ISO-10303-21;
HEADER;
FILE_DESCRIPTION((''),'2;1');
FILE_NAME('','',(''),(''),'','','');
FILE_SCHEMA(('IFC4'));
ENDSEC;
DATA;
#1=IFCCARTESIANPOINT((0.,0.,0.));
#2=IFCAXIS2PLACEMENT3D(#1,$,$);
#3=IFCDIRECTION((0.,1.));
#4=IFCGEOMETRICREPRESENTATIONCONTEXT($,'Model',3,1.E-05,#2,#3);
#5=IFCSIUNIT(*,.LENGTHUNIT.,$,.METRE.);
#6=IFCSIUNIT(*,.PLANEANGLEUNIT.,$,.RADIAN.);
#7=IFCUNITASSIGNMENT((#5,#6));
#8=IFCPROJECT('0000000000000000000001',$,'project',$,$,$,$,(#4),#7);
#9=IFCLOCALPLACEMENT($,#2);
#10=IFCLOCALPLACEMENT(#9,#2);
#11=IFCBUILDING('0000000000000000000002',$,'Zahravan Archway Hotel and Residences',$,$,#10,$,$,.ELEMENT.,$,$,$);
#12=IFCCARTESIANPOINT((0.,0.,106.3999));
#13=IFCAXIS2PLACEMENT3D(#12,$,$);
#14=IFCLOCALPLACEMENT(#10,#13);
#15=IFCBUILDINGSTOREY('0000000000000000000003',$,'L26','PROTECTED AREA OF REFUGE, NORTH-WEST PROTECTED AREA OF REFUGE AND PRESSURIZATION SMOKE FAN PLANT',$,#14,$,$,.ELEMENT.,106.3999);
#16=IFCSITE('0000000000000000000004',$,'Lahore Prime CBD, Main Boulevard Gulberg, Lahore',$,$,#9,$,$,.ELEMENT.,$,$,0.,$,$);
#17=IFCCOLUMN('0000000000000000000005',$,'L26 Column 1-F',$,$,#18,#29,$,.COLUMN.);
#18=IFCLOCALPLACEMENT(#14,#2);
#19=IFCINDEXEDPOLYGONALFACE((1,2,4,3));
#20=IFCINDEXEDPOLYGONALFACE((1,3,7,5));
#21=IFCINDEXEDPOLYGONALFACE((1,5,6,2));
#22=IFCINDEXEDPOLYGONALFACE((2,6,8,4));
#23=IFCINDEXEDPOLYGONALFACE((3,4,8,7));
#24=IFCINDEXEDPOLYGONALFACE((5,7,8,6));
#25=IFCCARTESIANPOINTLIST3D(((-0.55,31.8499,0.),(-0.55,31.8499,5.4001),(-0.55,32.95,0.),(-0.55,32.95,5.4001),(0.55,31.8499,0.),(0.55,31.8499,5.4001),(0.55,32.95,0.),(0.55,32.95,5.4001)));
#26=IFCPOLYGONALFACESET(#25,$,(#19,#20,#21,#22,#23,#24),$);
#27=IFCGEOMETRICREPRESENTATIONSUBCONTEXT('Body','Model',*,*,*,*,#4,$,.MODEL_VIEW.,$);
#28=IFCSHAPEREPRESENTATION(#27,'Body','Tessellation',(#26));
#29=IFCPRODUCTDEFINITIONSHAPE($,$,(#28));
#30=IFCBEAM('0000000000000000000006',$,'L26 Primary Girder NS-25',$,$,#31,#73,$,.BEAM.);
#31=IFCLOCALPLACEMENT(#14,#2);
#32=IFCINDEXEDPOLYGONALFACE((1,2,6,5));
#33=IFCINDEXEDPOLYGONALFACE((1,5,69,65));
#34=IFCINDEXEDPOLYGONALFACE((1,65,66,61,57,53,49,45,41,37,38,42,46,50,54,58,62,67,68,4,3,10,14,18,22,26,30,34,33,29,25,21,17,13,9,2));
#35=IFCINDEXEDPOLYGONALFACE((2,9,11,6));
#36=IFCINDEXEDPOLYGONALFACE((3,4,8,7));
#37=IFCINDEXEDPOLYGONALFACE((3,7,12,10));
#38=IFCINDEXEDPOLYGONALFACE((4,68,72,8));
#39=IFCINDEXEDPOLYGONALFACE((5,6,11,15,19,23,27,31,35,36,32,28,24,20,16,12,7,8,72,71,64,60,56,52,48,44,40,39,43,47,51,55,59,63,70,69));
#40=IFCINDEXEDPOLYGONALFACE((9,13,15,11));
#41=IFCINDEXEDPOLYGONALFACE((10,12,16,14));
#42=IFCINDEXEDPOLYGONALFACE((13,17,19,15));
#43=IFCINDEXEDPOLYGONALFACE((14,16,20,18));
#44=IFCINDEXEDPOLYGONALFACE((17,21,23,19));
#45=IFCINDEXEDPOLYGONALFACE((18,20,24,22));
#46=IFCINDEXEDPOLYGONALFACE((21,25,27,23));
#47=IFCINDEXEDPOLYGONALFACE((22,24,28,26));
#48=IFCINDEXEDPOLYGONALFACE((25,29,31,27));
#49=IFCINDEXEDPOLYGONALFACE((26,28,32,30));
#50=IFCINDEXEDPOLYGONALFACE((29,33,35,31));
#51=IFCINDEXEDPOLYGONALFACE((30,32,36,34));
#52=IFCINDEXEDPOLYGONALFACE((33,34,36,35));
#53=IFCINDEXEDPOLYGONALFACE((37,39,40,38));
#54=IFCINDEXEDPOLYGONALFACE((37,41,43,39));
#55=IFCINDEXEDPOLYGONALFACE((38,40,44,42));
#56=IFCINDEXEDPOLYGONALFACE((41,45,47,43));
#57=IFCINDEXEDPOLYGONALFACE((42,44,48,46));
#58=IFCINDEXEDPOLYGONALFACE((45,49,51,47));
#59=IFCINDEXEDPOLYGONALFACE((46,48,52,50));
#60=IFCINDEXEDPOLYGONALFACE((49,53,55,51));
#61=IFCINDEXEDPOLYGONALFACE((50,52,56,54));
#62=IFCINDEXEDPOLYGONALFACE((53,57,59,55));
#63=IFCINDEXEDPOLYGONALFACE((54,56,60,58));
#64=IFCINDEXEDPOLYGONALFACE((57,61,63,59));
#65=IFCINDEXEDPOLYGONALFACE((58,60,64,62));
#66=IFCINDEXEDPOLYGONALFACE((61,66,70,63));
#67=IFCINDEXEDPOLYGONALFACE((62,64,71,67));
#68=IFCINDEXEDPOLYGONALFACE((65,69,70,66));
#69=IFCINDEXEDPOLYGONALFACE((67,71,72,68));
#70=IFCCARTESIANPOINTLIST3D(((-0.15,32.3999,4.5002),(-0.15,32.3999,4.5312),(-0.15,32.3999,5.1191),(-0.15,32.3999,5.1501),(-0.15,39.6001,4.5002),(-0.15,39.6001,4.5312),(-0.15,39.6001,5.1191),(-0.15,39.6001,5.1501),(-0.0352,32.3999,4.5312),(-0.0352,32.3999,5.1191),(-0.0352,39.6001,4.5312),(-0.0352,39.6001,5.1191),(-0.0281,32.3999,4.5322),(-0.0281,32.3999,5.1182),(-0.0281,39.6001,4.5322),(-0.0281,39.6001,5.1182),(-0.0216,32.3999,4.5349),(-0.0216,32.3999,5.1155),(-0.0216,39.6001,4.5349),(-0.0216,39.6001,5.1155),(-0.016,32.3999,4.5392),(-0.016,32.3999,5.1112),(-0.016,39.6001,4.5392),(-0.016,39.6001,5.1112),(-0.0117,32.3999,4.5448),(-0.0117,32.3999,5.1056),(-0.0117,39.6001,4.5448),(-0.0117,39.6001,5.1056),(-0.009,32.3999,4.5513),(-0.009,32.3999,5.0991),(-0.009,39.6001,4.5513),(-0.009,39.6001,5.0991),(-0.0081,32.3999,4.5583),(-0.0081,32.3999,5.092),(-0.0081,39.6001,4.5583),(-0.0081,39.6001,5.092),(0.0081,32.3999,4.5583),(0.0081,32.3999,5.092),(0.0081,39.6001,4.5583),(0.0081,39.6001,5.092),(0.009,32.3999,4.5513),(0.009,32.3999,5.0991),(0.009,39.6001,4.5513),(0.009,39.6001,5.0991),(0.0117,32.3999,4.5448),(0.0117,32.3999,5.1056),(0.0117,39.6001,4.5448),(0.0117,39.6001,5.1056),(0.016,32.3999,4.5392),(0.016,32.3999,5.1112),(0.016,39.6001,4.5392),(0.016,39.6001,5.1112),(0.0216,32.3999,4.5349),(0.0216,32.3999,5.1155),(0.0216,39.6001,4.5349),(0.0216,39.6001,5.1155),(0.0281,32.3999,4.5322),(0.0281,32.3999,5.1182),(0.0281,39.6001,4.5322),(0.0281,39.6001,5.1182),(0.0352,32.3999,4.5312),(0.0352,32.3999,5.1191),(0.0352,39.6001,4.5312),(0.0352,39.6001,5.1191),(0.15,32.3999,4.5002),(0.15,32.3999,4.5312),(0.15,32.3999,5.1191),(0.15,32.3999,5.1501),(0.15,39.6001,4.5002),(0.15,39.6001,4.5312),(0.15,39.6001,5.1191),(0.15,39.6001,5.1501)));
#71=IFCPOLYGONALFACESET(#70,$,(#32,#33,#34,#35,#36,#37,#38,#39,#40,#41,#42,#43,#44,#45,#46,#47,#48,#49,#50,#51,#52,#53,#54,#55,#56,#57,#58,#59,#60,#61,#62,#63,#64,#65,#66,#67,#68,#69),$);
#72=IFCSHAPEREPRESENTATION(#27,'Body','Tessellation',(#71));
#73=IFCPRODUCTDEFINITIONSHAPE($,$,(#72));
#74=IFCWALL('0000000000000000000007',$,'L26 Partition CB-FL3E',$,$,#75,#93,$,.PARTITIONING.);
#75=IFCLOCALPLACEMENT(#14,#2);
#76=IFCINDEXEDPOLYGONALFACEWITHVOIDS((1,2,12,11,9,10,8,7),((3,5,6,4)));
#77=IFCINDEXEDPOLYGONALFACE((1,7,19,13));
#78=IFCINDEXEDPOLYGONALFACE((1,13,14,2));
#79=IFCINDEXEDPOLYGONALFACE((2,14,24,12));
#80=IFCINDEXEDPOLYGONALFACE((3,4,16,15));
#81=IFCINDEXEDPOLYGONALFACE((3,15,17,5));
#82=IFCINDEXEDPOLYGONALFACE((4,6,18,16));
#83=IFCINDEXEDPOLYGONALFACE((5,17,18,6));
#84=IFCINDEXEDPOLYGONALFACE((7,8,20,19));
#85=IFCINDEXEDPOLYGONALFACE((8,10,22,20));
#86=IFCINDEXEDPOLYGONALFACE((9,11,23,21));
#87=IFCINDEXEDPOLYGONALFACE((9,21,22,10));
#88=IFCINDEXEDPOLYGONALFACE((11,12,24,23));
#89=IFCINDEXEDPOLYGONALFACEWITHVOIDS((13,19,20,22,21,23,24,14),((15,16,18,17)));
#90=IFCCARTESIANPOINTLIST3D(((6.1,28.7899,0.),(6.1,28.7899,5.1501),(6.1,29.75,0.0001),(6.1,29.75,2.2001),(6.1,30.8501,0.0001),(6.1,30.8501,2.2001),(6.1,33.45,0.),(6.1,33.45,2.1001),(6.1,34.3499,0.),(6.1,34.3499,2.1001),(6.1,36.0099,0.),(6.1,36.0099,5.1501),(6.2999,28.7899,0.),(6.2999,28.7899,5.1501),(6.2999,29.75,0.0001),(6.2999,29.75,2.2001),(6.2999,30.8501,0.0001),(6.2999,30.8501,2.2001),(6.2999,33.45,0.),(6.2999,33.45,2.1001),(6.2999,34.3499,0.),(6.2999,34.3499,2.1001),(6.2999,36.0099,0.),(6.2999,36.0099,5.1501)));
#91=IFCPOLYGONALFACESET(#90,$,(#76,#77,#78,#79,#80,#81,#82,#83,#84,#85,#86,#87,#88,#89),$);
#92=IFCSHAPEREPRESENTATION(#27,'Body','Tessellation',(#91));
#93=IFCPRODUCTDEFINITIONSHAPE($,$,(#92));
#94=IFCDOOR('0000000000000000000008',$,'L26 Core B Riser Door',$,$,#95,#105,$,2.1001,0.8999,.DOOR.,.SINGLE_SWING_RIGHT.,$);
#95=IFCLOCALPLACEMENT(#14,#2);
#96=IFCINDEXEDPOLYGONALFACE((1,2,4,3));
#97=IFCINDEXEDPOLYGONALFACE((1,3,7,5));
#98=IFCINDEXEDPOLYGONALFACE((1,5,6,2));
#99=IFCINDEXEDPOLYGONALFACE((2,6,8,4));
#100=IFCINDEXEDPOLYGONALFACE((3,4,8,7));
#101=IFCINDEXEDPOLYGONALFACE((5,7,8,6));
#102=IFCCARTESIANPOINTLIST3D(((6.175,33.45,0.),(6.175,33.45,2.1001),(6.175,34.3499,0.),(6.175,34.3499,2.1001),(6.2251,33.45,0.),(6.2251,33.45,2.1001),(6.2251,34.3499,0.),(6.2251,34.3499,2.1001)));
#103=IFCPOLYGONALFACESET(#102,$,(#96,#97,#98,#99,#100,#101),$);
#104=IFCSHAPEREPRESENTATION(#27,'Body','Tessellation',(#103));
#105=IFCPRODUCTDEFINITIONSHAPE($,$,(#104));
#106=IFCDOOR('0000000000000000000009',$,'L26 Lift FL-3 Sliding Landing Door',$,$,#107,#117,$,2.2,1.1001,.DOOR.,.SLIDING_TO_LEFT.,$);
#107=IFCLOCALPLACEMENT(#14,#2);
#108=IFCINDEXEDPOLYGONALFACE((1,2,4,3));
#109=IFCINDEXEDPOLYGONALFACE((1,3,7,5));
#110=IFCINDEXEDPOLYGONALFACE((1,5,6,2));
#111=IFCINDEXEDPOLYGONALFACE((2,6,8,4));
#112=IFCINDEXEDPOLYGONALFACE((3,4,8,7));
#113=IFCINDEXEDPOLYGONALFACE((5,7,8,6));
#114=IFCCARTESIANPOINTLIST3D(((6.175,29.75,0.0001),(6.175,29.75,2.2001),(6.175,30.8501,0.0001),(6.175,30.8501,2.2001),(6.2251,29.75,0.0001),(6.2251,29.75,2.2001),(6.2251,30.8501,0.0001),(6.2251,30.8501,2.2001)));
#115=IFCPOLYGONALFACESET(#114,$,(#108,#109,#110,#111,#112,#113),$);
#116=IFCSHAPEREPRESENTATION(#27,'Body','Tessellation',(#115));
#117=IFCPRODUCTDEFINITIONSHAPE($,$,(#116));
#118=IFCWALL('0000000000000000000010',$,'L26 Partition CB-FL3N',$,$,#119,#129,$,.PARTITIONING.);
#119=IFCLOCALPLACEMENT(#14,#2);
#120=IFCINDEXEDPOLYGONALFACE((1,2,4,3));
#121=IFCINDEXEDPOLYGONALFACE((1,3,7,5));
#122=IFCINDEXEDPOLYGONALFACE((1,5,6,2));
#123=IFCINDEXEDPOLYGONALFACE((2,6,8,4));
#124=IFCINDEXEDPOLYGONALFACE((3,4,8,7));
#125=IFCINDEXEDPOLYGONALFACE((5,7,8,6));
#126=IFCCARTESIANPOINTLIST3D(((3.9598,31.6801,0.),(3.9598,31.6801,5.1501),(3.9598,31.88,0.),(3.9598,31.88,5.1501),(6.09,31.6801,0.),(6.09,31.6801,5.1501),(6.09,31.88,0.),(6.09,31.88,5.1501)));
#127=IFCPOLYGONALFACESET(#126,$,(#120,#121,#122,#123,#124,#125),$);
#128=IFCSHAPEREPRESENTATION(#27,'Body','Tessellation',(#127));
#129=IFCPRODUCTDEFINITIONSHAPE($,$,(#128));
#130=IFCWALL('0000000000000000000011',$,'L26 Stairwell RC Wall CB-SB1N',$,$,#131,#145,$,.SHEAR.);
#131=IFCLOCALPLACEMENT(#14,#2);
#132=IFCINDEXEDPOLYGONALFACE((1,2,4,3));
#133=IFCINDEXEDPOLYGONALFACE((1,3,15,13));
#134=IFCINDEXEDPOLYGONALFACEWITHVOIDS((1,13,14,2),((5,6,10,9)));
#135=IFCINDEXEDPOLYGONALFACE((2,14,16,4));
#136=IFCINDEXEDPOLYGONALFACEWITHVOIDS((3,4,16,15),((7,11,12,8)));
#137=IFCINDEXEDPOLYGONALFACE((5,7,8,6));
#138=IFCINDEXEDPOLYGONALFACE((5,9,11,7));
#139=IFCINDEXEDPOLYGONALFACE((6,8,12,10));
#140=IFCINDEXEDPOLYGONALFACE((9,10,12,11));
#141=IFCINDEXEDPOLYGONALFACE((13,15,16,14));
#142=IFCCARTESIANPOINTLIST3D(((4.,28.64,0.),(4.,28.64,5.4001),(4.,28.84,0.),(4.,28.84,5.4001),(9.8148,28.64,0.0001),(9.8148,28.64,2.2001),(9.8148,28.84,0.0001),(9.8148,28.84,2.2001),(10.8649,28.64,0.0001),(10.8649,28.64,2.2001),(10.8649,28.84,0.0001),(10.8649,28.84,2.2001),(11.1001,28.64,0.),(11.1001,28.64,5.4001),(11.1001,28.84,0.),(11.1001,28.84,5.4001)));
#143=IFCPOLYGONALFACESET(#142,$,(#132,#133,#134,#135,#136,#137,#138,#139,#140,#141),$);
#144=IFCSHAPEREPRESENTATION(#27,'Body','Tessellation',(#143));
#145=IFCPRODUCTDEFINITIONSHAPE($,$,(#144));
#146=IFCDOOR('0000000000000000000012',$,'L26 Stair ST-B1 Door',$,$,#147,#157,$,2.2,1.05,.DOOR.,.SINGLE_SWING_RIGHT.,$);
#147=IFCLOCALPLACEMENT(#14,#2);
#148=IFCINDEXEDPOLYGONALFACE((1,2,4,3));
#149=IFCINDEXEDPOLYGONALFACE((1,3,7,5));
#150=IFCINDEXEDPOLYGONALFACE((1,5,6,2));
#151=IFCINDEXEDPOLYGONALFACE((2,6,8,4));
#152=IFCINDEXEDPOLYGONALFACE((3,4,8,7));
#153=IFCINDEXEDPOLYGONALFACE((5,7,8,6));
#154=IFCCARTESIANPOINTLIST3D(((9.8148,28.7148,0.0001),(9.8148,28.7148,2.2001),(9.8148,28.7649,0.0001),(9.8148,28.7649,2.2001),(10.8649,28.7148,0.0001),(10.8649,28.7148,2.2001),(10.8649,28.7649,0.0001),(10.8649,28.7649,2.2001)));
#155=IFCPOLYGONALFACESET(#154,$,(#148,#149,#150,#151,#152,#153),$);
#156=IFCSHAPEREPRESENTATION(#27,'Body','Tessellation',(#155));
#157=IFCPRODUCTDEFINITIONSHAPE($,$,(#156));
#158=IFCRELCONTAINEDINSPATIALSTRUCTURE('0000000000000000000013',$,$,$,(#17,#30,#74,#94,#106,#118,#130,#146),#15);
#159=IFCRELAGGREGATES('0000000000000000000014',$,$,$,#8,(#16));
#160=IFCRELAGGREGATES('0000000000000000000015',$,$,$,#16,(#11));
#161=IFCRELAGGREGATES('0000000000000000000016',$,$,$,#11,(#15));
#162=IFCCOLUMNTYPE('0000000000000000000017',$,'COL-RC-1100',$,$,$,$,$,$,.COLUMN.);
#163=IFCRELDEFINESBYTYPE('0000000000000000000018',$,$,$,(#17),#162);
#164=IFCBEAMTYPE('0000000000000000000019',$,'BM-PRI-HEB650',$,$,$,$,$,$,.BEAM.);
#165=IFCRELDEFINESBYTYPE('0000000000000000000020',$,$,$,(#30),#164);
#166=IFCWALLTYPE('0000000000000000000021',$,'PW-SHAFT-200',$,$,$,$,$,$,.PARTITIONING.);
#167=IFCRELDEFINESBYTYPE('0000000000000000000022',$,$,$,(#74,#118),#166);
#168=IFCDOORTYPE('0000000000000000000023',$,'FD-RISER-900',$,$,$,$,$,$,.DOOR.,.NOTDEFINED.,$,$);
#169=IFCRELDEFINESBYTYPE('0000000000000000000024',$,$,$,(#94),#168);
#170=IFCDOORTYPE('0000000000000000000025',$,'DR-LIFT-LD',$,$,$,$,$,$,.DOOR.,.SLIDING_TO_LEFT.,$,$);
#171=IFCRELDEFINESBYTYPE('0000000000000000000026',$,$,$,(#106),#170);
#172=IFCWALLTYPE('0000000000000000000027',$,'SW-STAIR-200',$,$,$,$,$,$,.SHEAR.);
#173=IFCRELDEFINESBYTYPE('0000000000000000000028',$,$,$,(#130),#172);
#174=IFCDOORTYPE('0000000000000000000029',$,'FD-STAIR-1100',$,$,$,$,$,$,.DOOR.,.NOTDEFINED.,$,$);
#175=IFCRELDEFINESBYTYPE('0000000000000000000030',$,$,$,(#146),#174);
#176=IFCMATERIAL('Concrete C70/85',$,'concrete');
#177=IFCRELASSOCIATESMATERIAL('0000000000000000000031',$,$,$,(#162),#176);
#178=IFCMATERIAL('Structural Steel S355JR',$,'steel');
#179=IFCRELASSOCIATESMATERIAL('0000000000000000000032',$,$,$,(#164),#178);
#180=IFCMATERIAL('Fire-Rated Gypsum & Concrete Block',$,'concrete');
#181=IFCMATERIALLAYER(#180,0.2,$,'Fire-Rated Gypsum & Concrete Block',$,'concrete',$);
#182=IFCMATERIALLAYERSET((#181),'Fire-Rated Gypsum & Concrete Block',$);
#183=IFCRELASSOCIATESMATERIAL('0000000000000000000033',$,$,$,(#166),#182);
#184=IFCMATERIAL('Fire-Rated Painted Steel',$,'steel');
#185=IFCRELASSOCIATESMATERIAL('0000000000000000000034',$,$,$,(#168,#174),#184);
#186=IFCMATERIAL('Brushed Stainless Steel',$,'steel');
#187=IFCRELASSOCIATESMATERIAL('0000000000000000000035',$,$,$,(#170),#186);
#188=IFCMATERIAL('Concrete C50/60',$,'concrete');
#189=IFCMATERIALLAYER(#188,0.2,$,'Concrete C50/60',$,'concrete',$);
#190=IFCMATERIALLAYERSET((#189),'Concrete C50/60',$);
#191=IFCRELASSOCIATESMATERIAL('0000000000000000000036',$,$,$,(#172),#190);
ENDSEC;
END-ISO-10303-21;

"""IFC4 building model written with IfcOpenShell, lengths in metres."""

from ifc_helpers import new_model, si_unit, direction, frame, frame_2d, origin, origin_2d, place, context, subcontext, project, spatial, rectangle, i_section, extrude, source, transform, mapped, material, layer, layer_set, material_profile, profile_set, type_object, type_shapes, element, fill, save


model = new_model("IFC4")

# Units and contexts
model_context = context("Model", 3, precision=1e-05, world=origin(), true_north=direction((0.0, 1.0)))
body_context = subcontext(model_context, "Body", "Model", "MODEL_VIEW")
ifc_project = project(units=[si_unit("LENGTHUNIT", "METRE"), si_unit("PLANEANGLEUNIT", "RADIAN")], contexts=[model_context])

# Site, building, storey
site_placement = place(None, origin())
site = spatial("IfcSite", under=ifc_project, at=site_placement, Name="Lahore Prime CBD, Main Boulevard Gulberg, Lahore", CompositionType="ELEMENT", RefElevation=0.0)
building_placement = place(site_placement, origin())
building = spatial("IfcBuilding", under=site, at=building_placement, Name="Zahravan Archway Hotel and Residences", CompositionType="ELEMENT")
storey_placement = place(building_placement, frame((0.0, 0.0, 106.3999)))
storey = spatial("IfcBuildingStorey", under=building, at=storey_placement, Name="L26", Description="PROTECTED AREA OF REFUGE, NORTH-WEST PROTECTED AREA OF REFUGE AND PRESSURIZATION SMOKE FAN PLANT", CompositionType="ELEMENT", Elevation=106.3999)

# Column
ifc_material_1 = material(Name="Concrete C70/85", Category="concrete")
ifc_material_profile_1 = material_profile(ifc_material_1, rectangle(XDim=1.1001, YDim=1.1001, at=origin_2d()), Name="RC 1100x1100", Category="concrete")
ifc_profile_set_1 = profile_set([ifc_material_profile_1], Name="Concrete C70/85")
column_type = type_object("IfcColumnType", Name="COL-RC-1100", PredefinedType="COLUMN", material=ifc_profile_set_1)
shared_shape_1 = source(origin(), body_context, "Body", "SweptSolid", [
    extrude(rectangle(XDim=1.1001, YDim=1.1001, at=origin_2d()), origin(), (0.0, 0.0, 1.0), 5.4001),
])
column_placement = place(storey_placement, frame((0.0, 32.3999, 0.0), z_axis=(0.0, 0.0, 1.0), x_axis=(1.0, 0.0, 0.0)))
element("IfcColumn", 1, at=column_placement, inside=storey, type_object=column_type, Name="L26 Column 1-F", PredefinedType="COLUMN", context=body_context, shape_type="MappedRepresentation", body=[
    mapped(shared_shape_1, transform((0.0, 0.0, 0.0), scale=1.0)),
])

# Beam
ifc_material_2 = material(Name="Structural Steel S355JR", Category="steel")
ifc_material_profile_2 = material_profile(ifc_material_2, i_section(OverallWidth=0.3, OverallDepth=0.6499, WebThickness=0.0161, FlangeThickness=0.031, FilletRadius=0.0271, at=origin_2d()), Name="HEB 650", Category="steel")
ifc_profile_set_2 = profile_set([ifc_material_profile_2], Name="Structural Steel S355JR")
beam_type = type_object("IfcBeamType", Name="BM-PRI-HEB650", PredefinedType="BEAM", material=ifc_profile_set_2)
shared_shape_2 = source(origin(), body_context, "Body", "SweptSolid", [
    extrude(i_section(OverallWidth=0.3, OverallDepth=0.6499, WebThickness=0.0161, FlangeThickness=0.031, FilletRadius=0.0271, at=origin_2d()), origin(), (0.0, 0.0, 1.0), 7.2002),
])
type_shapes(beam_type, [shared_shape_2])
beam_placement = place(storey_placement, frame((0.0, 32.3999, 4.8252), z_axis=(0.0, 1.0, 0.0), x_axis=(-1.0, 0.0, 0.0)))
element("IfcBeam", 2, at=beam_placement, inside=storey, type_object=beam_type, Name="L26 Primary Girder NS-25", PredefinedType="BEAM", context=body_context, shape_type="MappedRepresentation", body=[
    mapped(shared_shape_2, transform((0.0, 0.0, 0.0), scale=1.0)),
])

# Wall, openings, doors
ifc_material_3 = material(Name="Fire-Rated Gypsum & Concrete Block", Category="concrete")
ifc_layer_1 = layer(ifc_material_3, 0.2, Name="Fire-Rated Gypsum & Concrete Block", Category="concrete")
ifc_layer_set_1 = layer_set([ifc_layer_1], Name="Fire-Rated Gypsum & Concrete Block")
wall_type_1 = type_object("IfcWallType", Name="PW-SHAFT-200", PredefinedType="PARTITIONING", material=ifc_layer_set_1)
wall_1_placement = place(storey_placement, frame((6.2, 28.79, 0.0), z_axis=(0.0, 0.0, 1.0), x_axis=(0.0, 1.0, 0.0)))
wall_1 = element("IfcWall", 3, at=wall_1_placement, inside=storey, type_object=wall_type_1, Name="L26 Partition CB-FL3E", PredefinedType="PARTITIONING", context=body_context, shape_type="SweptSolid", body=[
    extrude(rectangle(XDim=7.22, YDim=0.2, at=frame_2d((3.6099, 0.0))), origin(), (0.0, 0.0, 1.0), 5.1501),
])
opening_1_placement = place(wall_1_placement, frame((4.6599, 0.0, 0.0)))
opening_1 = element("IfcOpeningElement", 4, at=opening_1_placement, cuts=wall_1, PredefinedType="OPENING", context=body_context, shape_type="SweptSolid", body=[
    extrude(rectangle(XDim=0.8999, YDim=2.1001, at=frame_2d((0.45, 1.05))), frame((0.0, 0.1099, 0.0), z_axis=(0.0, -1.0, 0.0), x_axis=(1.0, 0.0, 0.0)), (0.0, 0.0, 1.0), 0.22),
])
opening_2_placement = place(wall_1_placement, frame((0.96, 0.0, 0.0)))
opening_2 = element("IfcOpeningElement", 5, at=opening_2_placement, cuts=wall_1, PredefinedType="OPENING", context=body_context, shape_type="SweptSolid", body=[
    extrude(rectangle(XDim=1.1001, YDim=2.2, at=frame_2d((0.55, 1.1001))), frame((0.0, 0.1099, 0.0), z_axis=(0.0, -1.0, 0.0), x_axis=(1.0, 0.0, 0.0)), (0.0, 0.0, 1.0), 0.22),
])
ifc_material_4 = material(Name="Fire-Rated Painted Steel", Category="steel")
door_type_1 = type_object("IfcDoorType", Name="FD-RISER-900", OperationType="NOTDEFINED", PredefinedType="DOOR", material=ifc_material_4)
shared_shape_3 = source(origin(), body_context, "Body", "SweptSolid", [
    extrude(rectangle(XDim=0.8999, YDim=2.1001, at=frame_2d((0.45, 1.05))), frame((0.0, 0.0249, 0.0), z_axis=(0.0, -1.0, 0.0), x_axis=(1.0, 0.0, 0.0)), (0.0, 0.0, 1.0), 0.05),
])
type_shapes(door_type_1, [shared_shape_3])
door_1_placement = place(opening_1_placement, origin())
door_1 = element("IfcDoor", 6, at=door_1_placement, inside=storey, type_object=door_type_1, Name="L26 Core B Riser Door", OperationType="SINGLE_SWING_RIGHT", OverallHeight=2.1001, OverallWidth=0.8999, PredefinedType="DOOR", context=body_context, shape_type="MappedRepresentation", body=[
    mapped(shared_shape_3, transform((0.0, 0.0, 0.0), scale=1.0)),
])
fill(opening_1, door_1)
ifc_material_5 = material(Name="Brushed Stainless Steel", Category="steel")
door_type_2 = type_object("IfcDoorType", Name="DR-LIFT-LD", OperationType="SLIDING_TO_LEFT", PredefinedType="DOOR", material=ifc_material_5)
shared_shape_4 = source(origin(), body_context, "Body", "SweptSolid", [
    extrude(rectangle(XDim=1.1001, YDim=2.2, at=frame_2d((0.55, 1.1001))), frame((0.0, 0.0249, 0.0), z_axis=(0.0, -1.0, 0.0), x_axis=(1.0, 0.0, 0.0)), (0.0, 0.0, 1.0), 0.05),
])
type_shapes(door_type_2, [shared_shape_4])
door_2_placement = place(opening_2_placement, origin())
door_2 = element("IfcDoor", 7, at=door_2_placement, inside=storey, type_object=door_type_2, Name="L26 Lift FL-3 Sliding Landing Door", OperationType="SLIDING_TO_LEFT", OverallHeight=2.2, OverallWidth=1.1001, PredefinedType="DOOR", context=body_context, shape_type="MappedRepresentation", body=[
    mapped(shared_shape_4, transform((0.0, 0.0, 0.0), scale=1.0)),
])
fill(opening_2, door_2)

# Wall
wall_2_placement = place(storey_placement, frame((3.96, 31.78, 0.0), z_axis=(0.0, 0.0, 1.0), x_axis=(1.0, 0.0, 0.0)))
element("IfcWall", 8, at=wall_2_placement, inside=storey, type_object=wall_type_1, Name="L26 Partition CB-FL3N", PredefinedType="PARTITIONING", context=body_context, shape_type="SweptSolid", body=[
    extrude(rectangle(XDim=2.1301, YDim=0.2, at=frame_2d((1.0649, 0.0))), origin(), (0.0, 0.0, 1.0), 5.1501),
])

# Wall, opening, door
ifc_material_6 = material(Name="Concrete C50/60", Category="concrete")
ifc_layer_2 = layer(ifc_material_6, 0.2, Name="Concrete C50/60", Category="concrete")
ifc_layer_set_2 = layer_set([ifc_layer_2], Name="Concrete C50/60")
wall_type_2 = type_object("IfcWallType", Name="SW-STAIR-200", PredefinedType="SHEAR", material=ifc_layer_set_2)
wall_3_placement = place(storey_placement, frame((4.0, 28.74, 0.0), z_axis=(0.0, 0.0, 1.0), x_axis=(1.0, 0.0, 0.0)))
wall_3 = element("IfcWall", 9, at=wall_3_placement, inside=storey, type_object=wall_type_2, Name="L26 Stairwell RC Wall CB-SB1N", PredefinedType="SHEAR", context=body_context, shape_type="SweptSolid", body=[
    extrude(rectangle(XDim=7.1001, YDim=0.2, at=frame_2d((3.55, 0.0))), origin(), (0.0, 0.0, 1.0), 5.4001),
])
opening_3_placement = place(wall_3_placement, frame((5.8149, 0.0, 0.0)))
opening_3 = element("IfcOpeningElement", 10, at=opening_3_placement, cuts=wall_3, PredefinedType="OPENING", context=body_context, shape_type="SweptSolid", body=[
    extrude(rectangle(XDim=1.05, YDim=2.2, at=frame_2d((0.5249, 1.1001))), frame((0.0, 0.1099, 0.0), z_axis=(0.0, -1.0, 0.0), x_axis=(1.0, 0.0, 0.0)), (0.0, 0.0, 1.0), 0.22),
])
door_type_3 = type_object("IfcDoorType", Name="FD-STAIR-1100", OperationType="NOTDEFINED", PredefinedType="DOOR", material=ifc_material_4)
shared_shape_5 = source(origin(), body_context, "Body", "SweptSolid", [
    extrude(rectangle(XDim=1.05, YDim=2.2, at=frame_2d((0.5249, 1.1001))), frame((0.0, 0.0249, 0.0), z_axis=(0.0, -1.0, 0.0), x_axis=(1.0, 0.0, 0.0)), (0.0, 0.0, 1.0), 0.05),
])
type_shapes(door_type_3, [shared_shape_5])
door_3_placement = place(opening_3_placement, origin())
door_3 = element("IfcDoor", 11, at=door_3_placement, inside=storey, type_object=door_type_3, Name="L26 Stair ST-B1 Door", OperationType="SINGLE_SWING_RIGHT", OverallHeight=2.2, OverallWidth=1.05, PredefinedType="DOOR", context=body_context, shape_type="MappedRepresentation", body=[
    mapped(shared_shape_5, transform((0.0, 0.0, 0.0), scale=1.0)),
])
fill(opening_3, door_3)

save(model, "model.ifc")
